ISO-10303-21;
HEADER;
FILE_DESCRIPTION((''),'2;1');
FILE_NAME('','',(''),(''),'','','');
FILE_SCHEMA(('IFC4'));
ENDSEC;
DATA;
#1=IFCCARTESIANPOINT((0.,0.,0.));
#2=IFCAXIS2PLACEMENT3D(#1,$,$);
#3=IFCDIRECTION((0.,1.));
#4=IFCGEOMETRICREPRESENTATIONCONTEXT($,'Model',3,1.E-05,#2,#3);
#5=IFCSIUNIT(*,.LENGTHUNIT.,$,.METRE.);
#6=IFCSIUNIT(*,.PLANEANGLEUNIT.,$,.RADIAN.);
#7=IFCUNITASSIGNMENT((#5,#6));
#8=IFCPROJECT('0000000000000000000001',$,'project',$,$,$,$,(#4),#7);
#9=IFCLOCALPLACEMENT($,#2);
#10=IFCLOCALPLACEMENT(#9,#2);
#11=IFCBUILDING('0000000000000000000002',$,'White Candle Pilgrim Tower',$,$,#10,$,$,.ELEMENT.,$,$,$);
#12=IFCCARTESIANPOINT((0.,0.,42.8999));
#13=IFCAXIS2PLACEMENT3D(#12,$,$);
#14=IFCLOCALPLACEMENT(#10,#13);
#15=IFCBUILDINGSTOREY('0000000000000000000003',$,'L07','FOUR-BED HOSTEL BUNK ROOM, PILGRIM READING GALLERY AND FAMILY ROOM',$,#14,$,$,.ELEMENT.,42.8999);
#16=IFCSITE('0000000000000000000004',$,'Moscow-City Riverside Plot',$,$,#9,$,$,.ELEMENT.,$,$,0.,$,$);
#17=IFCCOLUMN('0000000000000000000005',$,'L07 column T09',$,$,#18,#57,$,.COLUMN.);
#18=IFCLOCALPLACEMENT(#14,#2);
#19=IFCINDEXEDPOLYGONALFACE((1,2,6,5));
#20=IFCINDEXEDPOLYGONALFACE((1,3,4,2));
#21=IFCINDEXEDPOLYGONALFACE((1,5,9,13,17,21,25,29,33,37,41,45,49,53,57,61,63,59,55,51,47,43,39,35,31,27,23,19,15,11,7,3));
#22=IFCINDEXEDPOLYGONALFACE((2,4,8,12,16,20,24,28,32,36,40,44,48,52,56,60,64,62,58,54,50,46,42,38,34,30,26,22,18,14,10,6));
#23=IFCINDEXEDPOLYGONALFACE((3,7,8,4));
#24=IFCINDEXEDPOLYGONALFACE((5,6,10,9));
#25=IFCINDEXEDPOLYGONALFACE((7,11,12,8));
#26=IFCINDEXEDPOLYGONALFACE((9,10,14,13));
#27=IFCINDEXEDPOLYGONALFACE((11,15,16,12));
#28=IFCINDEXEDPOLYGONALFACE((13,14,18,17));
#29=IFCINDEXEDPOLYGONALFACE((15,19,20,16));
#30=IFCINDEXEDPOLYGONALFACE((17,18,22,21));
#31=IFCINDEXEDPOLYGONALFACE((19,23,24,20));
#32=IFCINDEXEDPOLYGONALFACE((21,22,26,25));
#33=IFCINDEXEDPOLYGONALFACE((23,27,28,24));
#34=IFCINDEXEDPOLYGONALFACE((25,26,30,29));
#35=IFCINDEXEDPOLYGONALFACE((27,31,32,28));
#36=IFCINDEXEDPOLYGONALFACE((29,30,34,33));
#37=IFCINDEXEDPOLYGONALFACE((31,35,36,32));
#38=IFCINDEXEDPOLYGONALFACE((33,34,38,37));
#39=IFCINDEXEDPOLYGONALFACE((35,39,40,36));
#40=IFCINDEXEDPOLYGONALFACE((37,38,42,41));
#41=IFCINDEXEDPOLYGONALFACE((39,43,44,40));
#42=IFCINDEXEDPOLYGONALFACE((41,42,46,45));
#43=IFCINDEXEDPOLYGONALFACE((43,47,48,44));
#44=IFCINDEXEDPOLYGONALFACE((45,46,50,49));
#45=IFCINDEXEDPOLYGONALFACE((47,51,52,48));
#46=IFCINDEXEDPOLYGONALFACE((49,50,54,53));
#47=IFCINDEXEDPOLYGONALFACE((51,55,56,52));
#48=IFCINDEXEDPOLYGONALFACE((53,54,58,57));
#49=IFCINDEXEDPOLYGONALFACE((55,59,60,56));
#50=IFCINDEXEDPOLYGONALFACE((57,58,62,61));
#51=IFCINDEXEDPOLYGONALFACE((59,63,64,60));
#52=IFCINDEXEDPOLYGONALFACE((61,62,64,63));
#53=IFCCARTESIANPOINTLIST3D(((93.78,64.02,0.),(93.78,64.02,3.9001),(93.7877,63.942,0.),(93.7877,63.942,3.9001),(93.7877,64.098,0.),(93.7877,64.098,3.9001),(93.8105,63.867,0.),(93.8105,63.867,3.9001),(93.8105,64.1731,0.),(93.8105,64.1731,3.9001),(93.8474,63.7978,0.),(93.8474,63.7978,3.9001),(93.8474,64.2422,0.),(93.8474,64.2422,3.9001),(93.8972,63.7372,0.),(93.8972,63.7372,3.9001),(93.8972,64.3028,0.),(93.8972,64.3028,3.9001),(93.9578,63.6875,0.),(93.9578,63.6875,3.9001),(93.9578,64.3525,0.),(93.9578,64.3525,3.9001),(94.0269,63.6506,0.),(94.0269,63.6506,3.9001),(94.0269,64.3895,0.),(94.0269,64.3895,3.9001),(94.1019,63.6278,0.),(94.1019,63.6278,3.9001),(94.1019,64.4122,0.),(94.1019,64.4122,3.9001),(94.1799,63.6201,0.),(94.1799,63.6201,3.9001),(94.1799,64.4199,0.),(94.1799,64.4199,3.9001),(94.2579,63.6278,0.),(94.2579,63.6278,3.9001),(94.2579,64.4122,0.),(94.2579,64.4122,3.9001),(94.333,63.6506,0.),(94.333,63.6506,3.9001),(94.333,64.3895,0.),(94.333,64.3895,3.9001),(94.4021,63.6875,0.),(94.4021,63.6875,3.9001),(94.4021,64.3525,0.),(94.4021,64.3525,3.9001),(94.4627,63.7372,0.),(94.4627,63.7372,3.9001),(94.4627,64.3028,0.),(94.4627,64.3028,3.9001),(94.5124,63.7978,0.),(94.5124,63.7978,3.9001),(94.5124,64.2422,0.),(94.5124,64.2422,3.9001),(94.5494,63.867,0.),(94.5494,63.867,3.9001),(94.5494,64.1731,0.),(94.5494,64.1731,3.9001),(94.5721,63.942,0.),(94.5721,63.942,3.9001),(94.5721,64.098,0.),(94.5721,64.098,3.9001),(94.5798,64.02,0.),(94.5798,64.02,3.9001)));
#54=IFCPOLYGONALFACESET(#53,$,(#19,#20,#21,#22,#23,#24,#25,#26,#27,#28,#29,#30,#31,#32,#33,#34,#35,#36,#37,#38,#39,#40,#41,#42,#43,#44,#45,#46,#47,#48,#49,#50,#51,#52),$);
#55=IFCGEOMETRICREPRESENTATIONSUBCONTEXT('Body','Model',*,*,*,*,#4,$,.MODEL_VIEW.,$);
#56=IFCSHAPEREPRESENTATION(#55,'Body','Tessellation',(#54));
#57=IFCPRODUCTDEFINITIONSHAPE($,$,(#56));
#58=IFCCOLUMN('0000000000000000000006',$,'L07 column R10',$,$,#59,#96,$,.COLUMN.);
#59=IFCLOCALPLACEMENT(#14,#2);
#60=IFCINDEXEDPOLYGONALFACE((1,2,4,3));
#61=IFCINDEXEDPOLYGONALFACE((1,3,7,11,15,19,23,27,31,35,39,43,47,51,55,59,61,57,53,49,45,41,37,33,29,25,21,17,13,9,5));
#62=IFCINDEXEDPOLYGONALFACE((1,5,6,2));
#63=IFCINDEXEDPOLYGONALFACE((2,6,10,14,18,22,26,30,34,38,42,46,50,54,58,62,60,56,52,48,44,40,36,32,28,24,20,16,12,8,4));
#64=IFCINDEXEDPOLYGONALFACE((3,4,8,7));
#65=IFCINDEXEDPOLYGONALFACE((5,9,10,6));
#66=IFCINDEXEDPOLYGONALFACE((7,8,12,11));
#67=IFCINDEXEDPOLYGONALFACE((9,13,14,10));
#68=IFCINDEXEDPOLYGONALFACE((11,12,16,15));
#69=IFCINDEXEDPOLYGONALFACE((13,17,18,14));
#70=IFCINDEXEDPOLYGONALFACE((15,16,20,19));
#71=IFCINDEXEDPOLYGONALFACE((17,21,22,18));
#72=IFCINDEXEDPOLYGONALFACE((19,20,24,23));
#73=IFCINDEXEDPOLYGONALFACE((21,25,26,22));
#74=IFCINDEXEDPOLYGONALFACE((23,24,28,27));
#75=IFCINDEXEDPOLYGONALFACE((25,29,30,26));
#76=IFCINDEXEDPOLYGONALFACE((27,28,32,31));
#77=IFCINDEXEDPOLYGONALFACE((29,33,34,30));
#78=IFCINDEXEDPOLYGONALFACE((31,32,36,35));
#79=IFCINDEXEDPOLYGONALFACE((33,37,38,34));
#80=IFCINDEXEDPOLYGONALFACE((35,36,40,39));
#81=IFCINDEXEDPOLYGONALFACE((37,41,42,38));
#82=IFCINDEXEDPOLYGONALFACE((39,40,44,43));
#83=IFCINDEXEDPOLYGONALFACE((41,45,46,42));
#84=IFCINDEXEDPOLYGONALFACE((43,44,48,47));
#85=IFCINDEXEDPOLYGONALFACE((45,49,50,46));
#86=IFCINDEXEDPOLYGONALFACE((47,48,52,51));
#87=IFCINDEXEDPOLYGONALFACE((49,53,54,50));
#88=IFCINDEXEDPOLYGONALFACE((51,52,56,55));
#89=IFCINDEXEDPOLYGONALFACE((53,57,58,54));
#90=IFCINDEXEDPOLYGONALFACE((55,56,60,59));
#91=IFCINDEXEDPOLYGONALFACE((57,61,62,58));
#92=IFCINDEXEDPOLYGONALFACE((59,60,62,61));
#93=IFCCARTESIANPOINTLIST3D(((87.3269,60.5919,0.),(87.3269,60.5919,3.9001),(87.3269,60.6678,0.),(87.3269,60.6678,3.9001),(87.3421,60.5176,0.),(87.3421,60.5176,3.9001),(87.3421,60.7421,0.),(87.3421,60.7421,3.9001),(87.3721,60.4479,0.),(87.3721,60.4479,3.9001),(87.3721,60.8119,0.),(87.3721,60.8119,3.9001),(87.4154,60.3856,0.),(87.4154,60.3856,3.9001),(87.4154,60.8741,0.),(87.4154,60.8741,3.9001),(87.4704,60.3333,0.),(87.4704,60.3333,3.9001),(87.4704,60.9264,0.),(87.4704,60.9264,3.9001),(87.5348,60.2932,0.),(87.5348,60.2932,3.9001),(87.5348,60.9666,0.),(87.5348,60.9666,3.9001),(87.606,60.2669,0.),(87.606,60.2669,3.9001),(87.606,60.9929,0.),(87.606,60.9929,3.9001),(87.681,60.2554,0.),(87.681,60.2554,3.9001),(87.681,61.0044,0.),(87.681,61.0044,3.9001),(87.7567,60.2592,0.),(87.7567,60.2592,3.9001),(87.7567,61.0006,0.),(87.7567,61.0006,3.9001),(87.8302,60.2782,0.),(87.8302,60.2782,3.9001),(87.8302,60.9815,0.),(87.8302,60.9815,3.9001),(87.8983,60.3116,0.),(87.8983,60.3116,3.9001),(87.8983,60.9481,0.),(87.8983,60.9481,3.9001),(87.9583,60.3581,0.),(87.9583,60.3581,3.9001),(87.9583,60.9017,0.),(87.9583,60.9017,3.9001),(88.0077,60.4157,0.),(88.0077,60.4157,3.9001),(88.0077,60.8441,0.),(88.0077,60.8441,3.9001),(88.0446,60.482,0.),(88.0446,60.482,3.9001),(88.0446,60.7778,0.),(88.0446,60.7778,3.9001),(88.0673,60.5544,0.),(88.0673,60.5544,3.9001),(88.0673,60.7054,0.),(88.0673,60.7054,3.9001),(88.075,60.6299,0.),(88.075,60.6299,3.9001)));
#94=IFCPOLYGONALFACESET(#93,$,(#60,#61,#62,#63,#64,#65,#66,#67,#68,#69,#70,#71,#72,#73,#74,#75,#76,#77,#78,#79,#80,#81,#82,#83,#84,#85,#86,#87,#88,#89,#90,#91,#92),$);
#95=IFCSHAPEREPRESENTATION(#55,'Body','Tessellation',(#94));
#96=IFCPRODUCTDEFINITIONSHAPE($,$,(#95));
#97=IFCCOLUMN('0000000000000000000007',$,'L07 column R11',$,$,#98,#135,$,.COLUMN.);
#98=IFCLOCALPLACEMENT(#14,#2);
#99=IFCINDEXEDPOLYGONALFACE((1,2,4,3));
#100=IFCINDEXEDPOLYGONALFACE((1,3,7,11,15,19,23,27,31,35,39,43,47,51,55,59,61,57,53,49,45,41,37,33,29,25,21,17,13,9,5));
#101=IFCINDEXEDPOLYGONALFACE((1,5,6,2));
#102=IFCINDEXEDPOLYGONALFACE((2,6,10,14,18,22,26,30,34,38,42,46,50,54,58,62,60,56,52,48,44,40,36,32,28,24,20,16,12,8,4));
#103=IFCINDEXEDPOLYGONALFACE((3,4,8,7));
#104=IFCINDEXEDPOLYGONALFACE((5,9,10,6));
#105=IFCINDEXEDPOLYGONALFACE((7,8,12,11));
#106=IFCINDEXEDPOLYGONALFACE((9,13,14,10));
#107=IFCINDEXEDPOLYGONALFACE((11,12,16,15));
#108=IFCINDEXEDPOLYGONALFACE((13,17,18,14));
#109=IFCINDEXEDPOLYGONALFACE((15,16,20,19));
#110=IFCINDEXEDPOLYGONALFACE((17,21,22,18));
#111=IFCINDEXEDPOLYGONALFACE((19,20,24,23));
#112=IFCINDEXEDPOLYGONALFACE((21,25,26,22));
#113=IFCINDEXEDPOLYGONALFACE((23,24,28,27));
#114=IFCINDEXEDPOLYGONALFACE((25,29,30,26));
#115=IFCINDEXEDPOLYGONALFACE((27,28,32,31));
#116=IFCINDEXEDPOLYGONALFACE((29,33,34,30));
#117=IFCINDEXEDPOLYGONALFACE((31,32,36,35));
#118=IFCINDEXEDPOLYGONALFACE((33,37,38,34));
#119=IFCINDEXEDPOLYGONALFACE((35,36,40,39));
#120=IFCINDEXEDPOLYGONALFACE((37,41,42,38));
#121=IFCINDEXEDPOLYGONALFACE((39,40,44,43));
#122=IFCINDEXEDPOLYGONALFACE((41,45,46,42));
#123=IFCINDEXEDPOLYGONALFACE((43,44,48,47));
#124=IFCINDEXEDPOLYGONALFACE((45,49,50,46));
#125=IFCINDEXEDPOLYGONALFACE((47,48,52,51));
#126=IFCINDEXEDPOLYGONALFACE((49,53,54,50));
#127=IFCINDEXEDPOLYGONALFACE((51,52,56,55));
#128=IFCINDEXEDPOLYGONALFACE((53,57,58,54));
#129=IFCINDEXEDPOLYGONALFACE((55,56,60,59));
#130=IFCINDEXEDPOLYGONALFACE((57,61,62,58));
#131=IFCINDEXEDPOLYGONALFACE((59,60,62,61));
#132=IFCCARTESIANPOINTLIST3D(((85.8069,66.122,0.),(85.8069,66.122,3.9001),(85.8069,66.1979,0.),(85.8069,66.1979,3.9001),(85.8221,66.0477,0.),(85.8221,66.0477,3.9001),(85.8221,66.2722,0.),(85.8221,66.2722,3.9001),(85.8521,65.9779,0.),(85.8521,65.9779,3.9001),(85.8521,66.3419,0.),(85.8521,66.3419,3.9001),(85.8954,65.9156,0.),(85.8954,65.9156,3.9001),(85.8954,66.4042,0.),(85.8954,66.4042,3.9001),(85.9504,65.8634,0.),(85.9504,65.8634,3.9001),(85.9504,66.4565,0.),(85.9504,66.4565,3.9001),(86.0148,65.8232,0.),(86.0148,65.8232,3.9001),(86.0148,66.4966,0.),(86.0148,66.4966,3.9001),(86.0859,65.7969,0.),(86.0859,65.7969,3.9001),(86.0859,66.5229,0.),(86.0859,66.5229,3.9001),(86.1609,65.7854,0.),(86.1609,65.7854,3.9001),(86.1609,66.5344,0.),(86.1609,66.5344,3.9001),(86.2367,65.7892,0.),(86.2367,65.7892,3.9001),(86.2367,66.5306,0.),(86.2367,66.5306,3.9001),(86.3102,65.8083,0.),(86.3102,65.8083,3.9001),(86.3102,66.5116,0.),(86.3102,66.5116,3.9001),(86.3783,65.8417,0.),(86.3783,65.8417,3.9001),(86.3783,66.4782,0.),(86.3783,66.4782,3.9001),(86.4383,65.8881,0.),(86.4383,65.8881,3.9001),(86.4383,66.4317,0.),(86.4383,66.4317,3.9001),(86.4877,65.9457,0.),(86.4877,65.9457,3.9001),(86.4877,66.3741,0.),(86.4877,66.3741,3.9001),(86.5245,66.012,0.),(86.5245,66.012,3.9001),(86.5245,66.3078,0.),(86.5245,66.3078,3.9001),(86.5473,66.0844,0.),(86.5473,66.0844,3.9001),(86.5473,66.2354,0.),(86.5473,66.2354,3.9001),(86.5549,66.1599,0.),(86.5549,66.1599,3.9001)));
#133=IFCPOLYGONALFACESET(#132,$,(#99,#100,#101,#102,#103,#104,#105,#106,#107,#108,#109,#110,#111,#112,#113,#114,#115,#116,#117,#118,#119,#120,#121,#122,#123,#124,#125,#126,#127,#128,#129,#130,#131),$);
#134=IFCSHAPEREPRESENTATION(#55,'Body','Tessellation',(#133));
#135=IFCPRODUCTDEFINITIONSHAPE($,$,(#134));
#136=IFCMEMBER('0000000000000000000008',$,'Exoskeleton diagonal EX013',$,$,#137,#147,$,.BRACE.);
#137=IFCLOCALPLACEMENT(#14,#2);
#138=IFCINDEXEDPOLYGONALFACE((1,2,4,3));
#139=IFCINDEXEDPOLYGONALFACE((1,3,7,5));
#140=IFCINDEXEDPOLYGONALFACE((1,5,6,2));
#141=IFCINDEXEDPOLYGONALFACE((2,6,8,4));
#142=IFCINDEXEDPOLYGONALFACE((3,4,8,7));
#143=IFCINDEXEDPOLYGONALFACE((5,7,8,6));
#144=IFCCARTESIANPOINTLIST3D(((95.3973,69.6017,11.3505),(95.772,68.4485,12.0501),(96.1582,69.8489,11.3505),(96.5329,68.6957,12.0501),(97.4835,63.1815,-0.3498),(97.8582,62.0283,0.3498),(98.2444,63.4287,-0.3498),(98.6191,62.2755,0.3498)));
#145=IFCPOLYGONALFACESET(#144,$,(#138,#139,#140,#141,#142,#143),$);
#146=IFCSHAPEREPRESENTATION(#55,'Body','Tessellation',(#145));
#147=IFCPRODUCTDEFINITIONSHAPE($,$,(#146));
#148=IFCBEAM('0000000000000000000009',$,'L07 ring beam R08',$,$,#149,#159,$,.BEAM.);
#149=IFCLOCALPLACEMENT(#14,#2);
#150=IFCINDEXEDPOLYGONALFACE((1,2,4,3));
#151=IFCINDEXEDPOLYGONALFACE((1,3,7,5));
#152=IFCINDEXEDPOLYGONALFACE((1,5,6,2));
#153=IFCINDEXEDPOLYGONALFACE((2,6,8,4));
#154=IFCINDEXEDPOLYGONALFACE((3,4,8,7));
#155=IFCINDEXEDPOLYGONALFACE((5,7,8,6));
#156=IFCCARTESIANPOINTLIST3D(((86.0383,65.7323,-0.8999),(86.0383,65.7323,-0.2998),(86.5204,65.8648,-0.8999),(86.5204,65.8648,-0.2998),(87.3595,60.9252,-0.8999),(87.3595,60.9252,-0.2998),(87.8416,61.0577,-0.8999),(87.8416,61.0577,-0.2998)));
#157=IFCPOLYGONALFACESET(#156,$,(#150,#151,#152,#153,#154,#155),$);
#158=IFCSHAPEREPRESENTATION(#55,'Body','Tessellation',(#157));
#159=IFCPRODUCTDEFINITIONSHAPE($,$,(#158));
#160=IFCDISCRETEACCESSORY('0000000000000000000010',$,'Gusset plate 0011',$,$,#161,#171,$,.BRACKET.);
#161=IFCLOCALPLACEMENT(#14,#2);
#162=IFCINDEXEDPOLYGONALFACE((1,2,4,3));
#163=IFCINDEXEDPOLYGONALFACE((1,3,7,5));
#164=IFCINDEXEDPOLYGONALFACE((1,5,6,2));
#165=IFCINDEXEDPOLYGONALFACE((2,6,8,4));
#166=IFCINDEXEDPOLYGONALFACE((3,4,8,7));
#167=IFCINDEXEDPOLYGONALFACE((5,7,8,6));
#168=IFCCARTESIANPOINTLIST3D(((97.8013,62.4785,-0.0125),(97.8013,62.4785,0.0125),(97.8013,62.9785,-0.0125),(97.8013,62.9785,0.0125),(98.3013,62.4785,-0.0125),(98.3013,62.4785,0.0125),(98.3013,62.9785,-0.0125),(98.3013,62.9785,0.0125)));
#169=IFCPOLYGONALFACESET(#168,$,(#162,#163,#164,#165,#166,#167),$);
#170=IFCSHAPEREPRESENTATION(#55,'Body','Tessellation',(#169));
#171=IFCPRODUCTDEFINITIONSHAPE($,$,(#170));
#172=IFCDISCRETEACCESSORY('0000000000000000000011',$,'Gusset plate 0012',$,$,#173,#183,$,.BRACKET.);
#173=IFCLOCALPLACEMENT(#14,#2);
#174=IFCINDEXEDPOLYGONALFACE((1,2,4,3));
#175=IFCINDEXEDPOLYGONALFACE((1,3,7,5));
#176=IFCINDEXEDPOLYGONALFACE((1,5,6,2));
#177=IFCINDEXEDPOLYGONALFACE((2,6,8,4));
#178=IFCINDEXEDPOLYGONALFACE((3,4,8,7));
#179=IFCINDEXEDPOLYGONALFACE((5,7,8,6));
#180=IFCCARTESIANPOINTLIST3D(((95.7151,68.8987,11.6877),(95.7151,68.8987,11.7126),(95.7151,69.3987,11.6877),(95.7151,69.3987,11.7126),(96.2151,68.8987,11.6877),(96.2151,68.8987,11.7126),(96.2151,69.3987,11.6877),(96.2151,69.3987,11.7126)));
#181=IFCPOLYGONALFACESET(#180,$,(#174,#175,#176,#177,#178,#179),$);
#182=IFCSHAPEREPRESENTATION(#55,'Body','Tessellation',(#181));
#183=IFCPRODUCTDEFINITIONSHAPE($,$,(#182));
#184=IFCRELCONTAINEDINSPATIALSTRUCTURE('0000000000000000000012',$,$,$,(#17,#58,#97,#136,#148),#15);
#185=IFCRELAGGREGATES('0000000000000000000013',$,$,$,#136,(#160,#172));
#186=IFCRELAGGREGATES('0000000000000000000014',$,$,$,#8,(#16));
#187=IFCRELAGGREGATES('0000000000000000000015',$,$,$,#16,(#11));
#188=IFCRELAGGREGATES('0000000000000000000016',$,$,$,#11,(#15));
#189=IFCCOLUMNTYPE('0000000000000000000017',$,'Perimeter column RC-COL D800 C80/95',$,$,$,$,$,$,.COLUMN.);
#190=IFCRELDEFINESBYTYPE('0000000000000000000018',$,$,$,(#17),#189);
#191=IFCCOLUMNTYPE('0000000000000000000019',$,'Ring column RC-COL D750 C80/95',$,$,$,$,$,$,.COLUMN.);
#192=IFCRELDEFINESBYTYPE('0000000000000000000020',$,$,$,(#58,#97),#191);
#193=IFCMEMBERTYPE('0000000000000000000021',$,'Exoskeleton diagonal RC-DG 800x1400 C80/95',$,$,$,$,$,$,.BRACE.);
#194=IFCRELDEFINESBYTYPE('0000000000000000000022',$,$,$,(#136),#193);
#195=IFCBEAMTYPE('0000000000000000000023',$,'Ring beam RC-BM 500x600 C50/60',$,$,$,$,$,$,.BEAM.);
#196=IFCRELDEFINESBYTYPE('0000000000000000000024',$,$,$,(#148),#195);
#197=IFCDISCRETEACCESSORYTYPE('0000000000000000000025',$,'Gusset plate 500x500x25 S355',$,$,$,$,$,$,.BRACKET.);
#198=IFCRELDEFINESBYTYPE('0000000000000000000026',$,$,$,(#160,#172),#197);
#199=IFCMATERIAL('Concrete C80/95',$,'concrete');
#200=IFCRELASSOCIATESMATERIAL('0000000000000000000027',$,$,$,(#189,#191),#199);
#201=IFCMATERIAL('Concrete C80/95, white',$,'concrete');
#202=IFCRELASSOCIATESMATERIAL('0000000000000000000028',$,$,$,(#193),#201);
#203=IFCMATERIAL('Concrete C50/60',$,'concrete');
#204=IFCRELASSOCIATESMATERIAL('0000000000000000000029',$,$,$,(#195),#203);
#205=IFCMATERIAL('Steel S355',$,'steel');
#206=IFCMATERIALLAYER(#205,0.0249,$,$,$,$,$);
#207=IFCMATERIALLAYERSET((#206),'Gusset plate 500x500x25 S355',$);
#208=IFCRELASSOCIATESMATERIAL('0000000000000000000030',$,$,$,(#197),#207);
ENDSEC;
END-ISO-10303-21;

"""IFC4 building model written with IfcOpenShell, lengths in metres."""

from ifc_helpers import new_model, si_unit, direction, frame, origin, origin_2d, place, context, subcontext, project, spatial, rectangle, circle, extrude, material, layer, layer_set, material_profile, profile_set, type_object, element, aggregate, save


model = new_model("IFC4")

# Units and contexts
model_context = context("Model", 3, precision=1e-05, world=origin(), true_north=direction((0.0, 1.0)))
body_context = subcontext(model_context, "Body", "Model", "MODEL_VIEW")
ifc_project = project(units=[si_unit("LENGTHUNIT", "METRE"), si_unit("PLANEANGLEUNIT", "RADIAN")], contexts=[model_context])

# Site, building, storey
site_placement = place(None, origin())
site = spatial("IfcSite", under=ifc_project, at=site_placement, Name="Moscow-City Riverside Plot", CompositionType="ELEMENT", RefElevation=0.0)
building_placement = place(site_placement, origin())
building = spatial("IfcBuilding", under=site, at=building_placement, Name="White Candle Pilgrim Tower", CompositionType="ELEMENT")
storey_placement = place(building_placement, frame((0.0, 0.0, 42.8999)))
storey = spatial("IfcBuildingStorey", under=building, at=storey_placement, Name="L07", Description="FOUR-BED HOSTEL BUNK ROOM, PILGRIM READING GALLERY AND FAMILY ROOM", CompositionType="ELEMENT", Elevation=42.8999)

# Columns
ifc_material_1 = material(Name="Concrete C80/95", Category="concrete")
ifc_material_profile_1 = material_profile(ifc_material_1, circle(Radius=0.3999, at=origin_2d()), Name="RC-COL D800")
ifc_profile_set_1 = profile_set([ifc_material_profile_1], Name="Concrete C80/95")
column_type_1 = type_object("IfcColumnType", Name="Perimeter column RC-COL D800 C80/95", PredefinedType="COLUMN", material=ifc_profile_set_1)
column_placement = place(storey_placement, frame((94.1799, 64.02, 0.0), z_axis=(0.0, 0.0, 1.0), x_axis=(1.0, 0.0, 0.0)))
element("IfcColumn", 1, at=column_placement, inside=storey, type_object=column_type_1, Name="L07 column T09", PredefinedType="COLUMN", context=body_context, shape_type="SweptSolid", body=[
    extrude(circle(Radius=0.3999, at=origin_2d()), origin(), (0.0, 0.0, 1.0), 3.9001),
])
ifc_material_profile_2 = material_profile(ifc_material_1, circle(Radius=0.375, at=origin_2d()), Name="RC-COL D750")
ifc_profile_set_2 = profile_set([ifc_material_profile_2], Name="Concrete C80/95")
column_type_2 = type_object("IfcColumnType", Name="Ring column RC-COL D750 C80/95", PredefinedType="COLUMN", material=ifc_profile_set_2)
for number, where, z_axis, x_axis, name in (
    (2, (87.7, 60.6299, 0.0), (0.0, 0.0, 1.0), (1.0, 0.0, 0.0), "L07 column R10"),
    (3, (86.1799, 66.1599, 0.0), (0.0, 0.0, 1.0), (1.0, 0.0, 0.0), "L07 column R11"),
):
    element("IfcColumn", number, at=place(storey_placement, frame(where, z_axis=z_axis, x_axis=x_axis)), inside=storey, type_object=column_type_2, Name=name, PredefinedType="COLUMN", context=body_context, shape_type="SweptSolid", body=[
        extrude(circle(Radius=0.375, at=origin_2d()), origin(), (0.0, 0.0, 1.0), 3.9001),
    ])

# Member
ifc_material_2 = material(Name="Concrete C80/95, white", Category="concrete")
ifc_material_profile_3 = material_profile(ifc_material_2, rectangle(XDim=0.8, YDim=1.3999, at=origin_2d()), Name="RC-DG 800x1400")
ifc_profile_set_3 = profile_set([ifc_material_profile_3], Name="Concrete C80/95, white")
member_type = type_object("IfcMemberType", Name="Exoskeleton diagonal RC-DG 800x1400 C80/95", PredefinedType="BRACE", material=ifc_profile_set_3)
member_placement = place(storey_placement, frame((98.0513, 62.7285, 0.0), z_axis=(-0.154441, 0.475287, 0.86617), x_axis=(-0.95105, -0.309036, 0.0)))
member = element("IfcMember", 4, at=member_placement, inside=storey, type_object=member_type, Name="Exoskeleton diagonal EX013", PredefinedType="BRACE", context=body_context, shape_type="SweptSolid", body=[
    extrude(rectangle(XDim=0.8, YDim=1.3999, at=origin_2d()), origin(), (0.0, 0.0, 1.0), 13.5081),
])

# Beam
ifc_material_3 = material(Name="Concrete C50/60", Category="concrete")
ifc_material_profile_4 = material_profile(ifc_material_3, rectangle(XDim=0.5, YDim=0.6001, at=origin_2d()), Name="RC-BM 500x600")
ifc_profile_set_4 = profile_set([ifc_material_profile_4], Name="Concrete C50/60")
beam_type_1 = type_object("IfcBeamType", Name="Ring beam RC-BM 500x600 C50/60", PredefinedType="BEAM", material=ifc_profile_set_4)
beam_1_placement = place(storey_placement, frame((87.6006, 60.9915, -0.5999), z_axis=(-0.265031, 0.96424, 0.0), x_axis=(-0.96424, -0.265031, 0.0)))
element("IfcBeam", 5, at=beam_1_placement, inside=storey, type_object=beam_type_1, Name="L07 ring beam R08", PredefinedType="BEAM", context=body_context, shape_type="SweptSolid", body=[
    extrude(rectangle(XDim=0.5, YDim=0.6001, at=origin_2d()), origin(), (0.0, 0.0, 1.0), 4.9854),
])

# Discrete accessories
ifc_material_4 = material(Name="Steel S355", Category="steel")
ifc_layer_1 = layer(ifc_material_4, 0.0249)
ifc_layer_set_1 = layer_set([ifc_layer_1], Name="Gusset plate 500x500x25 S355")
discrete_accessory_type = type_object("IfcDiscreteAccessoryType", Name="Gusset plate 500x500x25 S355", PredefinedType="BRACKET", material=ifc_layer_set_1)
discrete_accessory_1_placement = place(storey_placement, frame((98.0513, 62.7285, -0.0125), z_axis=(0.0, 0.0, 1.0), x_axis=(1.0, 0.0, 0.0)))
discrete_accessory_1 = element("IfcDiscreteAccessory", 6, at=discrete_accessory_1_placement, type_object=discrete_accessory_type, Name="Gusset plate 0011", PredefinedType="BRACKET", context=body_context, shape_type="SweptSolid", body=[
    extrude(rectangle(XDim=0.5, YDim=0.5, at=origin_2d()), origin(), (0.0, 0.0, 1.0), 0.0249),
])
placement = place(building_placement, frame((0.0, 0.0, 54.6001)))
discrete_accessory_2_placement = place(placement, frame((95.9651, 69.1487, -0.0125), z_axis=(0.0, 0.0, 1.0), x_axis=(1.0, 0.0, 0.0)))
discrete_accessory_2 = element("IfcDiscreteAccessory", 7, at=discrete_accessory_2_placement, type_object=discrete_accessory_type, Name="Gusset plate 0012", PredefinedType="BRACKET", context=body_context, shape_type="SweptSolid", body=[
    extrude(rectangle(XDim=0.5, YDim=0.5, at=origin_2d()), origin(), (0.0, 0.0, 1.0), 0.0249),
])
aggregate(member, [discrete_accessory_1, discrete_accessory_2])

save(model, "model.ifc")
